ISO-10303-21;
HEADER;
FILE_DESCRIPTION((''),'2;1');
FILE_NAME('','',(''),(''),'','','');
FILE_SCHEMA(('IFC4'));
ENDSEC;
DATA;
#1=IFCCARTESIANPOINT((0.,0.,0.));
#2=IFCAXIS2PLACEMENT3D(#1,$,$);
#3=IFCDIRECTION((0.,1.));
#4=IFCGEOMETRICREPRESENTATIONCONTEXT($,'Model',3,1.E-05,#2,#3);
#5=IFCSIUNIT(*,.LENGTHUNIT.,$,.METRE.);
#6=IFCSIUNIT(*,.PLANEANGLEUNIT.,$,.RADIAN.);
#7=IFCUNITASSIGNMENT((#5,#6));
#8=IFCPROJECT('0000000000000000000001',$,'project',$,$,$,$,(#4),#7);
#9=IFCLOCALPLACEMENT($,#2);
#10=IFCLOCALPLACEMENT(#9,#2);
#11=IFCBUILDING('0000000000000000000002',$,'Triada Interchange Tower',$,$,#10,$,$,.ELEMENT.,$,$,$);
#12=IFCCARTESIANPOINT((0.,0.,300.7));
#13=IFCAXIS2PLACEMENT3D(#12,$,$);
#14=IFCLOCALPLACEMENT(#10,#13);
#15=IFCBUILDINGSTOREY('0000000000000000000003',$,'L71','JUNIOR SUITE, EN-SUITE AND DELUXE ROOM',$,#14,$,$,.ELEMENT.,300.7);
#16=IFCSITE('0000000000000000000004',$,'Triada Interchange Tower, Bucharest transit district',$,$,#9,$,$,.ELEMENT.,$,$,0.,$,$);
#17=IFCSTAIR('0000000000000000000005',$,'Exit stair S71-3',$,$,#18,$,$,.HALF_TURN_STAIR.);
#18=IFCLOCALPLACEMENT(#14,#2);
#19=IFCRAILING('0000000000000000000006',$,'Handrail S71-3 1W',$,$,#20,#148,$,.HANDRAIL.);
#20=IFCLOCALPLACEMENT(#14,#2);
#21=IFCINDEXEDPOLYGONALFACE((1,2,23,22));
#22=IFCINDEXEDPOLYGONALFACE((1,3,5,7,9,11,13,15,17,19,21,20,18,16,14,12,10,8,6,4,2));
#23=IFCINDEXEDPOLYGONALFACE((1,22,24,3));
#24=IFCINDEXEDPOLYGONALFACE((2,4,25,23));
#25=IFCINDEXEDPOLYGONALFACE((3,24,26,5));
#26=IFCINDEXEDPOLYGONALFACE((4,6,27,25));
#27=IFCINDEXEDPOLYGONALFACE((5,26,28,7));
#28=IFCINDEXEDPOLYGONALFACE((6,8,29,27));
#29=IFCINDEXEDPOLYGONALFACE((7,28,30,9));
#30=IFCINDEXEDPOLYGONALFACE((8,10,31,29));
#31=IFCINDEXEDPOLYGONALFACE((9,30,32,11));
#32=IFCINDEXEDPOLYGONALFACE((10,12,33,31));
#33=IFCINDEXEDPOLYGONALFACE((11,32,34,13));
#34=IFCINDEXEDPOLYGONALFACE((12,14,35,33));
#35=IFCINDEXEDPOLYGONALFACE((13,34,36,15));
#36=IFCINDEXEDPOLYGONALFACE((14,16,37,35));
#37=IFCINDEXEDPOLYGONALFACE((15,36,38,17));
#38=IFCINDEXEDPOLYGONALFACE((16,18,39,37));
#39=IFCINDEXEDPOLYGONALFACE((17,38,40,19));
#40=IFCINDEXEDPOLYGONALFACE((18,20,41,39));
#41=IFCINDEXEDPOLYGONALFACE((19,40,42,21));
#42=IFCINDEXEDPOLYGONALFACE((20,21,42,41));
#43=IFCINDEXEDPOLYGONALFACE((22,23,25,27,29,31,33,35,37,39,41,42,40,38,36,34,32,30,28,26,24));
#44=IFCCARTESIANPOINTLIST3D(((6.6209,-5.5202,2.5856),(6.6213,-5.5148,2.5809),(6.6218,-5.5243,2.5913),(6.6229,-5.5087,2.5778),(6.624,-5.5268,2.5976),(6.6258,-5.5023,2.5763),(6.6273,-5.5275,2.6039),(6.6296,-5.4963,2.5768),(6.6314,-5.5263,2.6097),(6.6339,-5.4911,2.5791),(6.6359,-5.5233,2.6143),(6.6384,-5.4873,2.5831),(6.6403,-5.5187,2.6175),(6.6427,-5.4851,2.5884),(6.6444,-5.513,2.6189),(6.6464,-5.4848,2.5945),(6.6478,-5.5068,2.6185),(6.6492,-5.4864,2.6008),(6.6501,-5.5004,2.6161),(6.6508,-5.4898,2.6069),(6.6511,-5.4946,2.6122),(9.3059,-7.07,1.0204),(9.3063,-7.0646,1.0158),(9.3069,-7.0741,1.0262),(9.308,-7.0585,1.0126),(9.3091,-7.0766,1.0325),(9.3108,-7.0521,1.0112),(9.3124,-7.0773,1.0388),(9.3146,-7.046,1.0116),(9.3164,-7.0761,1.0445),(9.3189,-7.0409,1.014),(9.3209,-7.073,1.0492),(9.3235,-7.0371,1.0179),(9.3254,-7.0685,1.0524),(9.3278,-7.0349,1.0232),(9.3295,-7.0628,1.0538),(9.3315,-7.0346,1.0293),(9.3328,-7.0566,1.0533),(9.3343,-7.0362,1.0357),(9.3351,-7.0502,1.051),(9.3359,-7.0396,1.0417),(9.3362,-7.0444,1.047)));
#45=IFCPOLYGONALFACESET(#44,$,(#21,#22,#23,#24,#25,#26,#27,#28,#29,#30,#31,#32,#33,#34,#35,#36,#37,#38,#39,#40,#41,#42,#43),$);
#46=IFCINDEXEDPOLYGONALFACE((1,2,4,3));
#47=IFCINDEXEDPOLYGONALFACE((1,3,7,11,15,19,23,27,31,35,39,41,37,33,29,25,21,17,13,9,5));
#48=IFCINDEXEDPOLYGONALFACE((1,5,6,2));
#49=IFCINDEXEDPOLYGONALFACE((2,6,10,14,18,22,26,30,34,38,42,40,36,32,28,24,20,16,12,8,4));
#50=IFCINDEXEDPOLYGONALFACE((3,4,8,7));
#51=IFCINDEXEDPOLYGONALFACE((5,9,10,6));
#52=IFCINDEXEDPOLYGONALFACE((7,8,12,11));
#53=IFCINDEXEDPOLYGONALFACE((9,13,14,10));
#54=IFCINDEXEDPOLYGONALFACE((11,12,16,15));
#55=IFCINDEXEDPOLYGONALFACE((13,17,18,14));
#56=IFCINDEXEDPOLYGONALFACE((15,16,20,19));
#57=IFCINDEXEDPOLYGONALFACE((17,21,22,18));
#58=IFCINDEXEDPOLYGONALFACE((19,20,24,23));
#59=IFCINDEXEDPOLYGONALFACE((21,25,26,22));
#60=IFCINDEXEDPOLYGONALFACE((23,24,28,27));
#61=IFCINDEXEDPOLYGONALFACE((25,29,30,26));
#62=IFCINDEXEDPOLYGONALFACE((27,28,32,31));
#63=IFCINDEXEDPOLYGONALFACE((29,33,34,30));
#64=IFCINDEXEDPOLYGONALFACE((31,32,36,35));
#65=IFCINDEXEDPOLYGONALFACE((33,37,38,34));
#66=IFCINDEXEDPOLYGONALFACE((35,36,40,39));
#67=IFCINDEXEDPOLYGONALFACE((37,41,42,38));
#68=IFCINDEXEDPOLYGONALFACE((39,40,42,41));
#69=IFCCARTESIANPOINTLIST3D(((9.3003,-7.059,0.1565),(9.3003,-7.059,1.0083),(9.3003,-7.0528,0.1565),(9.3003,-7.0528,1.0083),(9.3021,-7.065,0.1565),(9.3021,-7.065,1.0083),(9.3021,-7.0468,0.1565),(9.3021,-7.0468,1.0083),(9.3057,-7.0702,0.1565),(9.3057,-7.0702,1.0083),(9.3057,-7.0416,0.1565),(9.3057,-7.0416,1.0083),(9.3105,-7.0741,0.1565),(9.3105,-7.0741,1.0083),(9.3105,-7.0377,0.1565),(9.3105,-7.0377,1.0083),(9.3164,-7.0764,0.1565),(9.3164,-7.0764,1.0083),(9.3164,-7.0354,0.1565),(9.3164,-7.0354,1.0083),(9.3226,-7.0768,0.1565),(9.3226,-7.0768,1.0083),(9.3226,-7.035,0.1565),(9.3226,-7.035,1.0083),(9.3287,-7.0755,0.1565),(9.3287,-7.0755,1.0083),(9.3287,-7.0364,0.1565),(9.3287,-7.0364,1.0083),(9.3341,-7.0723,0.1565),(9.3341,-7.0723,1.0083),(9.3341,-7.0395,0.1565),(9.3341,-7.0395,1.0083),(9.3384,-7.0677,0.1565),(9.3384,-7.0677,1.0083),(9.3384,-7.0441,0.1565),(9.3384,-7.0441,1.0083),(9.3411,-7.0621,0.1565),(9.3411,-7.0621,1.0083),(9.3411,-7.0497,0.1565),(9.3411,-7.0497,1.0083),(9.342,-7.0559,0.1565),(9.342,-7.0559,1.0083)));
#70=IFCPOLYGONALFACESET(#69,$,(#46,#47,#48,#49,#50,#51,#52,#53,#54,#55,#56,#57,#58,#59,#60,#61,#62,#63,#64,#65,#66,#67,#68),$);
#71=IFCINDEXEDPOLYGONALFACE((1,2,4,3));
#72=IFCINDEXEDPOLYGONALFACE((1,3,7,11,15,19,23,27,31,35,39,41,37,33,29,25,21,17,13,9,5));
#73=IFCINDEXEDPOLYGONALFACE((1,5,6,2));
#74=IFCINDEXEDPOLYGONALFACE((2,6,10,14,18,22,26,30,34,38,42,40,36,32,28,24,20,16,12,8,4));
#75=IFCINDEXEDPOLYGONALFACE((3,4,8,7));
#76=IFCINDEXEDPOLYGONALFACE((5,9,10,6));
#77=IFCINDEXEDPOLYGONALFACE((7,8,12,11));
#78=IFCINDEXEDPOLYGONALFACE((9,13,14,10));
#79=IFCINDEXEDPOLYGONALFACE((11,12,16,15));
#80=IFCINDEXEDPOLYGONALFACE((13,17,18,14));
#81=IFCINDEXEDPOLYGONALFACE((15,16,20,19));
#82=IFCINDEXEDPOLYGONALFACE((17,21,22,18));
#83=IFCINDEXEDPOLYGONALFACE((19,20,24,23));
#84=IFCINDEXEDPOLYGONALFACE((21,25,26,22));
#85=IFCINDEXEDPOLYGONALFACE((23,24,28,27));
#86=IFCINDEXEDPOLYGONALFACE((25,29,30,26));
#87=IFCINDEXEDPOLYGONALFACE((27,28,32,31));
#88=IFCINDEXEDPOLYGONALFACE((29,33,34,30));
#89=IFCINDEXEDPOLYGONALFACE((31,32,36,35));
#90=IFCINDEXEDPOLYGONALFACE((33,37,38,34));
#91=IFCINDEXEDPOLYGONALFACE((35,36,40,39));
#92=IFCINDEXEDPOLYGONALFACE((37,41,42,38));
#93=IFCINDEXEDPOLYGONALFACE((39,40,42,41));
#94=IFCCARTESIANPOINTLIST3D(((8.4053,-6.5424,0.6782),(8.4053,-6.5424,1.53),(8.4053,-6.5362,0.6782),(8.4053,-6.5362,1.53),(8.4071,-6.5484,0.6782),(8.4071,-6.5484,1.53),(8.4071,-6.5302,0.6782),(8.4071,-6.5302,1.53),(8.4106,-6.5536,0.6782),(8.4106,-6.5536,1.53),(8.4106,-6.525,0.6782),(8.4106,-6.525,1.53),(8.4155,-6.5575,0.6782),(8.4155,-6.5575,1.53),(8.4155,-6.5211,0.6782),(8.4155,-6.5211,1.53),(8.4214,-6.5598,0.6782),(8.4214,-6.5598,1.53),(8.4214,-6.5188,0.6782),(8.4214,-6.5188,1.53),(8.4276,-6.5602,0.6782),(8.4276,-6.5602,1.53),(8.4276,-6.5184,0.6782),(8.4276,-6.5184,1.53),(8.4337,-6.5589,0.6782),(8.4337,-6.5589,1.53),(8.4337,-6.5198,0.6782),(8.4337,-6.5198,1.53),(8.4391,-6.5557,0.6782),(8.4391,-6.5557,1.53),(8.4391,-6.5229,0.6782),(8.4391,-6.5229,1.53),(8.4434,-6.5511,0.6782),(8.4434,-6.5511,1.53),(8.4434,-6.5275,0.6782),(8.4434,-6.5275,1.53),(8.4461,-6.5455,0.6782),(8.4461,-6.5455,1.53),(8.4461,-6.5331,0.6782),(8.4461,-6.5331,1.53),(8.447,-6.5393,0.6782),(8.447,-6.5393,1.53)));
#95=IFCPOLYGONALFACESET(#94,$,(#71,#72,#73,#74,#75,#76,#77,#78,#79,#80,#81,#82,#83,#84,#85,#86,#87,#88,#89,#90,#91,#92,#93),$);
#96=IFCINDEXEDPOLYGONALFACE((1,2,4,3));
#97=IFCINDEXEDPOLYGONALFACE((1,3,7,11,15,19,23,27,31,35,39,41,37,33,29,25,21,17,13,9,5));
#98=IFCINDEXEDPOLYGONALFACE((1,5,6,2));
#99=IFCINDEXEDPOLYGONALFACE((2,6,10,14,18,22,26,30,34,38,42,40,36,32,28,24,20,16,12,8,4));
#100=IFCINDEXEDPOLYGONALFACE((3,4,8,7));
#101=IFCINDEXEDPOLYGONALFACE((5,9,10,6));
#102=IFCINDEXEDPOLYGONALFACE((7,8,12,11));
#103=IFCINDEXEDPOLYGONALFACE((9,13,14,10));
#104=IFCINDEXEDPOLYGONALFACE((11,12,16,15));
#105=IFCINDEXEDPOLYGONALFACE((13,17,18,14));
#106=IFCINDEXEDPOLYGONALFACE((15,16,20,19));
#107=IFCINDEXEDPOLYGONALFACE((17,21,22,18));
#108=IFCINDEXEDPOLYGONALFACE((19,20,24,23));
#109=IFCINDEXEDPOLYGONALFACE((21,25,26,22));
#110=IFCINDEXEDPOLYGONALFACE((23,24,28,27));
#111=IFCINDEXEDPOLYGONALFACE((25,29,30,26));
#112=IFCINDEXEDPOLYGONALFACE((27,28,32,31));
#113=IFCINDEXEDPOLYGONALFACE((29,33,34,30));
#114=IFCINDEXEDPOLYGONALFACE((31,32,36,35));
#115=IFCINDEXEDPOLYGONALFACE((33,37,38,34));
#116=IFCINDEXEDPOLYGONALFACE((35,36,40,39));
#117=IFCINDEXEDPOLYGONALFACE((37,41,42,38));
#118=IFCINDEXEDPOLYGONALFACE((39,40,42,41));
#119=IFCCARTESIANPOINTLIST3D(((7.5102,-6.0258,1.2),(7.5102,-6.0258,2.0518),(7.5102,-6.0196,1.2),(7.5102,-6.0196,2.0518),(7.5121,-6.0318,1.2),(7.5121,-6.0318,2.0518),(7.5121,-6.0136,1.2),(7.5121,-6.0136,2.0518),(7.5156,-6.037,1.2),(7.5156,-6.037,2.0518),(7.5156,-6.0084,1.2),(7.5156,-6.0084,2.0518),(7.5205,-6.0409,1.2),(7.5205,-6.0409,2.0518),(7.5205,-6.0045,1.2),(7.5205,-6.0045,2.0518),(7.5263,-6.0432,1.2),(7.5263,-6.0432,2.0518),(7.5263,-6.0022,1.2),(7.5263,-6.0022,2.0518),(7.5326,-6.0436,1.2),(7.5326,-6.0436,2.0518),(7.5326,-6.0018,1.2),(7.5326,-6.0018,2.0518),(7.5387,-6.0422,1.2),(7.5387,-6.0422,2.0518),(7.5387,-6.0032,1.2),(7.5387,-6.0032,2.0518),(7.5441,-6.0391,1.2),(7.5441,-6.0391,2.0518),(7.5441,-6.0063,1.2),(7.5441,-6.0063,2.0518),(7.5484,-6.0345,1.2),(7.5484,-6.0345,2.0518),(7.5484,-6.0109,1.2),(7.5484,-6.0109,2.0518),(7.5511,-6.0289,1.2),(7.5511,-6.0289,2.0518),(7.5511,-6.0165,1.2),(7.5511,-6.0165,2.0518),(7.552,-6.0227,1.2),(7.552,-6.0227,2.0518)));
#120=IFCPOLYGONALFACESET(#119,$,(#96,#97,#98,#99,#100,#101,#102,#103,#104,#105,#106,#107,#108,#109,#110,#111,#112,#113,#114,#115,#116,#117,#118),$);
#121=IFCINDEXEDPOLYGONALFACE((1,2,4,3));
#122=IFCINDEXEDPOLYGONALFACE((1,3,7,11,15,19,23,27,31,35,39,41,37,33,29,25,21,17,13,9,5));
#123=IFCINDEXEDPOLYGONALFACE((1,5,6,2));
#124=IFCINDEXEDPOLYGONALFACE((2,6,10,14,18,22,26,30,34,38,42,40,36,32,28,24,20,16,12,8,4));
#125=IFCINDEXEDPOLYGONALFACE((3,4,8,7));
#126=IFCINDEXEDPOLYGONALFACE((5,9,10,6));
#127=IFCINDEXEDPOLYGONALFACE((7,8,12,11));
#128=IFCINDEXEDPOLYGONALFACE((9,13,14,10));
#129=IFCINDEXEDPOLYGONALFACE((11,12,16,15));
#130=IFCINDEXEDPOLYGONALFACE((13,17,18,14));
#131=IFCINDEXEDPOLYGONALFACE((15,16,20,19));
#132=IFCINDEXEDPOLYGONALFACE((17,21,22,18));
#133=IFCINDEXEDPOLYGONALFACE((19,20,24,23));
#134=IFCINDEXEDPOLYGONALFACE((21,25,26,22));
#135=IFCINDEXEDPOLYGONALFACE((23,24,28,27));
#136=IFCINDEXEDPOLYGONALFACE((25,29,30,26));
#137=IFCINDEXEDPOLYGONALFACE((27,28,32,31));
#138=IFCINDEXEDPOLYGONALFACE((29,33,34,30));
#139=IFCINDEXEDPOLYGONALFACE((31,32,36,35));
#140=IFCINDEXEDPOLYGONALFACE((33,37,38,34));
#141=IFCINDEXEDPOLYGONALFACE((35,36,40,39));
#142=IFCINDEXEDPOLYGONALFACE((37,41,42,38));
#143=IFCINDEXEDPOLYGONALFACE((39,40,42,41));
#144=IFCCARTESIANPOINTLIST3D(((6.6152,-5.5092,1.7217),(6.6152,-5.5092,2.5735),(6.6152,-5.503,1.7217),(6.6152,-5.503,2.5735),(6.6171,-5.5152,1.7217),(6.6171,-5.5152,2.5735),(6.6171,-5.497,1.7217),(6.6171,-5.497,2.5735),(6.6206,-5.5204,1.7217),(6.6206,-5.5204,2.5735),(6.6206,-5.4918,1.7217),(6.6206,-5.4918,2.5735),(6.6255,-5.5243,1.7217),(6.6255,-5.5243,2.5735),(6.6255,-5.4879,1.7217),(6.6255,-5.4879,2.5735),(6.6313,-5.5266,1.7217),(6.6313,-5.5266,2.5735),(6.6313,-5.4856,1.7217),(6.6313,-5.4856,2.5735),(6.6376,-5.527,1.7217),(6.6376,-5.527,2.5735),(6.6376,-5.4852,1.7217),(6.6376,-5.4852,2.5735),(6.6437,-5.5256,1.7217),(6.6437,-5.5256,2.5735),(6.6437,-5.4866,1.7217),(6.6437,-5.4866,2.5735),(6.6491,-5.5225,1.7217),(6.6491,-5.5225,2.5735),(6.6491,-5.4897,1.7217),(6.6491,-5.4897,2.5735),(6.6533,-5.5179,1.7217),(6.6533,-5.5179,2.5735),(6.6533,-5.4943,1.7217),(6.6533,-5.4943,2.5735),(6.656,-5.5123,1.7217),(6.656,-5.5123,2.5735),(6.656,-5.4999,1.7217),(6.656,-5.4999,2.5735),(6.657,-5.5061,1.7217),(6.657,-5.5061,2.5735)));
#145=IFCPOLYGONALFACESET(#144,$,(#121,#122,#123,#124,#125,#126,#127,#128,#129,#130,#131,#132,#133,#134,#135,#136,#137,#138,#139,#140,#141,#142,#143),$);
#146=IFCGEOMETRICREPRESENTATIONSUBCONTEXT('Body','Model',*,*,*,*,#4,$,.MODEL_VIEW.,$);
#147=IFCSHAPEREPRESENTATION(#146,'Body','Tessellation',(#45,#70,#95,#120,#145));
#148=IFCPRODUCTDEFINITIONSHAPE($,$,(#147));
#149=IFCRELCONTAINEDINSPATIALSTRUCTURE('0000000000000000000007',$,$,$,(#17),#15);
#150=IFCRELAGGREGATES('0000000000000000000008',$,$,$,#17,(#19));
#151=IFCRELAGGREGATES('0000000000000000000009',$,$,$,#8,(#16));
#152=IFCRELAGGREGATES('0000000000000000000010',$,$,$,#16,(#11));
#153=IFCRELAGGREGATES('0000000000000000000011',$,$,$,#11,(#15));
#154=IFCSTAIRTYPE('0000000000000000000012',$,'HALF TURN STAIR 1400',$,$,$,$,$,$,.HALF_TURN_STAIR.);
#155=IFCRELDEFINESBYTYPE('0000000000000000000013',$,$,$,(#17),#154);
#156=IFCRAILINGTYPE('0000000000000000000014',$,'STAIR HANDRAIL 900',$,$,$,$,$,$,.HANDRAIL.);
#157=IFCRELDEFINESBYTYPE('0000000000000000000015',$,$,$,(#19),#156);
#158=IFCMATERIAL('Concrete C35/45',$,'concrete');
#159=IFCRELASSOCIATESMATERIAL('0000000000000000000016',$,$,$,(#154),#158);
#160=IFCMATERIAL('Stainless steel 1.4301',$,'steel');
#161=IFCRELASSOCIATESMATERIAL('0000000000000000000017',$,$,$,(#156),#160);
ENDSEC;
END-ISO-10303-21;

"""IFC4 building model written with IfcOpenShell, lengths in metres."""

from ifc_helpers import new_model, si_unit, direction, frame, origin, origin_2d, place, context, subcontext, project, spatial, circle, extrude, material, type_object, element, aggregate, save


model = new_model("IFC4")

# Units and contexts
model_context = context("Model", 3, precision=1e-05, world=origin(), true_north=direction((0.0, 1.0)))
body_context = subcontext(model_context, "Body", "Model", "MODEL_VIEW")
ifc_project = project(units=[si_unit("LENGTHUNIT", "METRE"), si_unit("PLANEANGLEUNIT", "RADIAN")], contexts=[model_context])

# Site, building, storey
site_placement = place(None, origin())
site = spatial("IfcSite", under=ifc_project, at=site_placement, Name="Triada Interchange Tower, Bucharest transit district", CompositionType="ELEMENT", RefElevation=0.0)
building_placement = place(site_placement, origin())
building = spatial("IfcBuilding", under=site, at=building_placement, Name="Triada Interchange Tower", CompositionType="ELEMENT")
storey_placement = place(building_placement, frame((0.0, 0.0, 300.7)))
storey = spatial("IfcBuildingStorey", under=building, at=storey_placement, Name="L71", Description="JUNIOR SUITE, EN-SUITE AND DELUXE ROOM", CompositionType="ELEMENT", Elevation=300.7)

# Stair, railing
ifc_material_1 = material(Name="Concrete C35/45", Category="concrete")
stair_type = type_object("IfcStairType", Name="HALF TURN STAIR 1400", PredefinedType="HALF_TURN_STAIR", material=ifc_material_1)
stair_placement = place(storey_placement, origin())
stair = element("IfcStair", 1, at=stair_placement, inside=storey, type_object=stair_type, Name="Exit stair S71-3", PredefinedType="HALF_TURN_STAIR")
ifc_material_2 = material(Name="Stainless steel 1.4301", Category="steel")
railing_type = type_object("IfcRailingType", Name="STAIR HANDRAIL 900", PredefinedType="HANDRAIL", material=ifc_material_2)
railing_1_placement = place(storey_placement, frame((9.321, -7.0559, 0.1565)))
railing_1 = element("IfcRailing", 2, at=railing_1_placement, type_object=railing_type, Name="Handrail S71-3 1W", PredefinedType="HANDRAIL", context=body_context, shape_type="SweptSolid", body=[
    extrude(circle(Radius=0.0239, at=origin_2d()), frame((0.0, 0.0, 0.876), z_axis=(-0.773139, 0.446253, 0.450682), x_axis=(-0.4999, -0.866083, 0.0)), (0.0, 0.0, 1.0), 3.4729),
    extrude(circle(Radius=0.021, at=origin_2d()), origin(), (0.0, 0.0, 1.0), 0.8518),
    extrude(circle(Radius=0.021, at=origin_2d()), frame((-0.895, 0.5166, 0.5217)), (0.0, 0.0, 1.0), 0.8518),
    extrude(circle(Radius=0.021, at=origin_2d()), frame((-1.79, 1.0332, 1.0435)), (0.0, 0.0, 1.0), 0.8518),
    extrude(circle(Radius=0.021, at=origin_2d()), frame((-2.6851, 1.5498, 1.5652)), (0.0, 0.0, 1.0), 0.8518),
])
aggregate(stair, [railing_1])

save(model, "model.ifc")
